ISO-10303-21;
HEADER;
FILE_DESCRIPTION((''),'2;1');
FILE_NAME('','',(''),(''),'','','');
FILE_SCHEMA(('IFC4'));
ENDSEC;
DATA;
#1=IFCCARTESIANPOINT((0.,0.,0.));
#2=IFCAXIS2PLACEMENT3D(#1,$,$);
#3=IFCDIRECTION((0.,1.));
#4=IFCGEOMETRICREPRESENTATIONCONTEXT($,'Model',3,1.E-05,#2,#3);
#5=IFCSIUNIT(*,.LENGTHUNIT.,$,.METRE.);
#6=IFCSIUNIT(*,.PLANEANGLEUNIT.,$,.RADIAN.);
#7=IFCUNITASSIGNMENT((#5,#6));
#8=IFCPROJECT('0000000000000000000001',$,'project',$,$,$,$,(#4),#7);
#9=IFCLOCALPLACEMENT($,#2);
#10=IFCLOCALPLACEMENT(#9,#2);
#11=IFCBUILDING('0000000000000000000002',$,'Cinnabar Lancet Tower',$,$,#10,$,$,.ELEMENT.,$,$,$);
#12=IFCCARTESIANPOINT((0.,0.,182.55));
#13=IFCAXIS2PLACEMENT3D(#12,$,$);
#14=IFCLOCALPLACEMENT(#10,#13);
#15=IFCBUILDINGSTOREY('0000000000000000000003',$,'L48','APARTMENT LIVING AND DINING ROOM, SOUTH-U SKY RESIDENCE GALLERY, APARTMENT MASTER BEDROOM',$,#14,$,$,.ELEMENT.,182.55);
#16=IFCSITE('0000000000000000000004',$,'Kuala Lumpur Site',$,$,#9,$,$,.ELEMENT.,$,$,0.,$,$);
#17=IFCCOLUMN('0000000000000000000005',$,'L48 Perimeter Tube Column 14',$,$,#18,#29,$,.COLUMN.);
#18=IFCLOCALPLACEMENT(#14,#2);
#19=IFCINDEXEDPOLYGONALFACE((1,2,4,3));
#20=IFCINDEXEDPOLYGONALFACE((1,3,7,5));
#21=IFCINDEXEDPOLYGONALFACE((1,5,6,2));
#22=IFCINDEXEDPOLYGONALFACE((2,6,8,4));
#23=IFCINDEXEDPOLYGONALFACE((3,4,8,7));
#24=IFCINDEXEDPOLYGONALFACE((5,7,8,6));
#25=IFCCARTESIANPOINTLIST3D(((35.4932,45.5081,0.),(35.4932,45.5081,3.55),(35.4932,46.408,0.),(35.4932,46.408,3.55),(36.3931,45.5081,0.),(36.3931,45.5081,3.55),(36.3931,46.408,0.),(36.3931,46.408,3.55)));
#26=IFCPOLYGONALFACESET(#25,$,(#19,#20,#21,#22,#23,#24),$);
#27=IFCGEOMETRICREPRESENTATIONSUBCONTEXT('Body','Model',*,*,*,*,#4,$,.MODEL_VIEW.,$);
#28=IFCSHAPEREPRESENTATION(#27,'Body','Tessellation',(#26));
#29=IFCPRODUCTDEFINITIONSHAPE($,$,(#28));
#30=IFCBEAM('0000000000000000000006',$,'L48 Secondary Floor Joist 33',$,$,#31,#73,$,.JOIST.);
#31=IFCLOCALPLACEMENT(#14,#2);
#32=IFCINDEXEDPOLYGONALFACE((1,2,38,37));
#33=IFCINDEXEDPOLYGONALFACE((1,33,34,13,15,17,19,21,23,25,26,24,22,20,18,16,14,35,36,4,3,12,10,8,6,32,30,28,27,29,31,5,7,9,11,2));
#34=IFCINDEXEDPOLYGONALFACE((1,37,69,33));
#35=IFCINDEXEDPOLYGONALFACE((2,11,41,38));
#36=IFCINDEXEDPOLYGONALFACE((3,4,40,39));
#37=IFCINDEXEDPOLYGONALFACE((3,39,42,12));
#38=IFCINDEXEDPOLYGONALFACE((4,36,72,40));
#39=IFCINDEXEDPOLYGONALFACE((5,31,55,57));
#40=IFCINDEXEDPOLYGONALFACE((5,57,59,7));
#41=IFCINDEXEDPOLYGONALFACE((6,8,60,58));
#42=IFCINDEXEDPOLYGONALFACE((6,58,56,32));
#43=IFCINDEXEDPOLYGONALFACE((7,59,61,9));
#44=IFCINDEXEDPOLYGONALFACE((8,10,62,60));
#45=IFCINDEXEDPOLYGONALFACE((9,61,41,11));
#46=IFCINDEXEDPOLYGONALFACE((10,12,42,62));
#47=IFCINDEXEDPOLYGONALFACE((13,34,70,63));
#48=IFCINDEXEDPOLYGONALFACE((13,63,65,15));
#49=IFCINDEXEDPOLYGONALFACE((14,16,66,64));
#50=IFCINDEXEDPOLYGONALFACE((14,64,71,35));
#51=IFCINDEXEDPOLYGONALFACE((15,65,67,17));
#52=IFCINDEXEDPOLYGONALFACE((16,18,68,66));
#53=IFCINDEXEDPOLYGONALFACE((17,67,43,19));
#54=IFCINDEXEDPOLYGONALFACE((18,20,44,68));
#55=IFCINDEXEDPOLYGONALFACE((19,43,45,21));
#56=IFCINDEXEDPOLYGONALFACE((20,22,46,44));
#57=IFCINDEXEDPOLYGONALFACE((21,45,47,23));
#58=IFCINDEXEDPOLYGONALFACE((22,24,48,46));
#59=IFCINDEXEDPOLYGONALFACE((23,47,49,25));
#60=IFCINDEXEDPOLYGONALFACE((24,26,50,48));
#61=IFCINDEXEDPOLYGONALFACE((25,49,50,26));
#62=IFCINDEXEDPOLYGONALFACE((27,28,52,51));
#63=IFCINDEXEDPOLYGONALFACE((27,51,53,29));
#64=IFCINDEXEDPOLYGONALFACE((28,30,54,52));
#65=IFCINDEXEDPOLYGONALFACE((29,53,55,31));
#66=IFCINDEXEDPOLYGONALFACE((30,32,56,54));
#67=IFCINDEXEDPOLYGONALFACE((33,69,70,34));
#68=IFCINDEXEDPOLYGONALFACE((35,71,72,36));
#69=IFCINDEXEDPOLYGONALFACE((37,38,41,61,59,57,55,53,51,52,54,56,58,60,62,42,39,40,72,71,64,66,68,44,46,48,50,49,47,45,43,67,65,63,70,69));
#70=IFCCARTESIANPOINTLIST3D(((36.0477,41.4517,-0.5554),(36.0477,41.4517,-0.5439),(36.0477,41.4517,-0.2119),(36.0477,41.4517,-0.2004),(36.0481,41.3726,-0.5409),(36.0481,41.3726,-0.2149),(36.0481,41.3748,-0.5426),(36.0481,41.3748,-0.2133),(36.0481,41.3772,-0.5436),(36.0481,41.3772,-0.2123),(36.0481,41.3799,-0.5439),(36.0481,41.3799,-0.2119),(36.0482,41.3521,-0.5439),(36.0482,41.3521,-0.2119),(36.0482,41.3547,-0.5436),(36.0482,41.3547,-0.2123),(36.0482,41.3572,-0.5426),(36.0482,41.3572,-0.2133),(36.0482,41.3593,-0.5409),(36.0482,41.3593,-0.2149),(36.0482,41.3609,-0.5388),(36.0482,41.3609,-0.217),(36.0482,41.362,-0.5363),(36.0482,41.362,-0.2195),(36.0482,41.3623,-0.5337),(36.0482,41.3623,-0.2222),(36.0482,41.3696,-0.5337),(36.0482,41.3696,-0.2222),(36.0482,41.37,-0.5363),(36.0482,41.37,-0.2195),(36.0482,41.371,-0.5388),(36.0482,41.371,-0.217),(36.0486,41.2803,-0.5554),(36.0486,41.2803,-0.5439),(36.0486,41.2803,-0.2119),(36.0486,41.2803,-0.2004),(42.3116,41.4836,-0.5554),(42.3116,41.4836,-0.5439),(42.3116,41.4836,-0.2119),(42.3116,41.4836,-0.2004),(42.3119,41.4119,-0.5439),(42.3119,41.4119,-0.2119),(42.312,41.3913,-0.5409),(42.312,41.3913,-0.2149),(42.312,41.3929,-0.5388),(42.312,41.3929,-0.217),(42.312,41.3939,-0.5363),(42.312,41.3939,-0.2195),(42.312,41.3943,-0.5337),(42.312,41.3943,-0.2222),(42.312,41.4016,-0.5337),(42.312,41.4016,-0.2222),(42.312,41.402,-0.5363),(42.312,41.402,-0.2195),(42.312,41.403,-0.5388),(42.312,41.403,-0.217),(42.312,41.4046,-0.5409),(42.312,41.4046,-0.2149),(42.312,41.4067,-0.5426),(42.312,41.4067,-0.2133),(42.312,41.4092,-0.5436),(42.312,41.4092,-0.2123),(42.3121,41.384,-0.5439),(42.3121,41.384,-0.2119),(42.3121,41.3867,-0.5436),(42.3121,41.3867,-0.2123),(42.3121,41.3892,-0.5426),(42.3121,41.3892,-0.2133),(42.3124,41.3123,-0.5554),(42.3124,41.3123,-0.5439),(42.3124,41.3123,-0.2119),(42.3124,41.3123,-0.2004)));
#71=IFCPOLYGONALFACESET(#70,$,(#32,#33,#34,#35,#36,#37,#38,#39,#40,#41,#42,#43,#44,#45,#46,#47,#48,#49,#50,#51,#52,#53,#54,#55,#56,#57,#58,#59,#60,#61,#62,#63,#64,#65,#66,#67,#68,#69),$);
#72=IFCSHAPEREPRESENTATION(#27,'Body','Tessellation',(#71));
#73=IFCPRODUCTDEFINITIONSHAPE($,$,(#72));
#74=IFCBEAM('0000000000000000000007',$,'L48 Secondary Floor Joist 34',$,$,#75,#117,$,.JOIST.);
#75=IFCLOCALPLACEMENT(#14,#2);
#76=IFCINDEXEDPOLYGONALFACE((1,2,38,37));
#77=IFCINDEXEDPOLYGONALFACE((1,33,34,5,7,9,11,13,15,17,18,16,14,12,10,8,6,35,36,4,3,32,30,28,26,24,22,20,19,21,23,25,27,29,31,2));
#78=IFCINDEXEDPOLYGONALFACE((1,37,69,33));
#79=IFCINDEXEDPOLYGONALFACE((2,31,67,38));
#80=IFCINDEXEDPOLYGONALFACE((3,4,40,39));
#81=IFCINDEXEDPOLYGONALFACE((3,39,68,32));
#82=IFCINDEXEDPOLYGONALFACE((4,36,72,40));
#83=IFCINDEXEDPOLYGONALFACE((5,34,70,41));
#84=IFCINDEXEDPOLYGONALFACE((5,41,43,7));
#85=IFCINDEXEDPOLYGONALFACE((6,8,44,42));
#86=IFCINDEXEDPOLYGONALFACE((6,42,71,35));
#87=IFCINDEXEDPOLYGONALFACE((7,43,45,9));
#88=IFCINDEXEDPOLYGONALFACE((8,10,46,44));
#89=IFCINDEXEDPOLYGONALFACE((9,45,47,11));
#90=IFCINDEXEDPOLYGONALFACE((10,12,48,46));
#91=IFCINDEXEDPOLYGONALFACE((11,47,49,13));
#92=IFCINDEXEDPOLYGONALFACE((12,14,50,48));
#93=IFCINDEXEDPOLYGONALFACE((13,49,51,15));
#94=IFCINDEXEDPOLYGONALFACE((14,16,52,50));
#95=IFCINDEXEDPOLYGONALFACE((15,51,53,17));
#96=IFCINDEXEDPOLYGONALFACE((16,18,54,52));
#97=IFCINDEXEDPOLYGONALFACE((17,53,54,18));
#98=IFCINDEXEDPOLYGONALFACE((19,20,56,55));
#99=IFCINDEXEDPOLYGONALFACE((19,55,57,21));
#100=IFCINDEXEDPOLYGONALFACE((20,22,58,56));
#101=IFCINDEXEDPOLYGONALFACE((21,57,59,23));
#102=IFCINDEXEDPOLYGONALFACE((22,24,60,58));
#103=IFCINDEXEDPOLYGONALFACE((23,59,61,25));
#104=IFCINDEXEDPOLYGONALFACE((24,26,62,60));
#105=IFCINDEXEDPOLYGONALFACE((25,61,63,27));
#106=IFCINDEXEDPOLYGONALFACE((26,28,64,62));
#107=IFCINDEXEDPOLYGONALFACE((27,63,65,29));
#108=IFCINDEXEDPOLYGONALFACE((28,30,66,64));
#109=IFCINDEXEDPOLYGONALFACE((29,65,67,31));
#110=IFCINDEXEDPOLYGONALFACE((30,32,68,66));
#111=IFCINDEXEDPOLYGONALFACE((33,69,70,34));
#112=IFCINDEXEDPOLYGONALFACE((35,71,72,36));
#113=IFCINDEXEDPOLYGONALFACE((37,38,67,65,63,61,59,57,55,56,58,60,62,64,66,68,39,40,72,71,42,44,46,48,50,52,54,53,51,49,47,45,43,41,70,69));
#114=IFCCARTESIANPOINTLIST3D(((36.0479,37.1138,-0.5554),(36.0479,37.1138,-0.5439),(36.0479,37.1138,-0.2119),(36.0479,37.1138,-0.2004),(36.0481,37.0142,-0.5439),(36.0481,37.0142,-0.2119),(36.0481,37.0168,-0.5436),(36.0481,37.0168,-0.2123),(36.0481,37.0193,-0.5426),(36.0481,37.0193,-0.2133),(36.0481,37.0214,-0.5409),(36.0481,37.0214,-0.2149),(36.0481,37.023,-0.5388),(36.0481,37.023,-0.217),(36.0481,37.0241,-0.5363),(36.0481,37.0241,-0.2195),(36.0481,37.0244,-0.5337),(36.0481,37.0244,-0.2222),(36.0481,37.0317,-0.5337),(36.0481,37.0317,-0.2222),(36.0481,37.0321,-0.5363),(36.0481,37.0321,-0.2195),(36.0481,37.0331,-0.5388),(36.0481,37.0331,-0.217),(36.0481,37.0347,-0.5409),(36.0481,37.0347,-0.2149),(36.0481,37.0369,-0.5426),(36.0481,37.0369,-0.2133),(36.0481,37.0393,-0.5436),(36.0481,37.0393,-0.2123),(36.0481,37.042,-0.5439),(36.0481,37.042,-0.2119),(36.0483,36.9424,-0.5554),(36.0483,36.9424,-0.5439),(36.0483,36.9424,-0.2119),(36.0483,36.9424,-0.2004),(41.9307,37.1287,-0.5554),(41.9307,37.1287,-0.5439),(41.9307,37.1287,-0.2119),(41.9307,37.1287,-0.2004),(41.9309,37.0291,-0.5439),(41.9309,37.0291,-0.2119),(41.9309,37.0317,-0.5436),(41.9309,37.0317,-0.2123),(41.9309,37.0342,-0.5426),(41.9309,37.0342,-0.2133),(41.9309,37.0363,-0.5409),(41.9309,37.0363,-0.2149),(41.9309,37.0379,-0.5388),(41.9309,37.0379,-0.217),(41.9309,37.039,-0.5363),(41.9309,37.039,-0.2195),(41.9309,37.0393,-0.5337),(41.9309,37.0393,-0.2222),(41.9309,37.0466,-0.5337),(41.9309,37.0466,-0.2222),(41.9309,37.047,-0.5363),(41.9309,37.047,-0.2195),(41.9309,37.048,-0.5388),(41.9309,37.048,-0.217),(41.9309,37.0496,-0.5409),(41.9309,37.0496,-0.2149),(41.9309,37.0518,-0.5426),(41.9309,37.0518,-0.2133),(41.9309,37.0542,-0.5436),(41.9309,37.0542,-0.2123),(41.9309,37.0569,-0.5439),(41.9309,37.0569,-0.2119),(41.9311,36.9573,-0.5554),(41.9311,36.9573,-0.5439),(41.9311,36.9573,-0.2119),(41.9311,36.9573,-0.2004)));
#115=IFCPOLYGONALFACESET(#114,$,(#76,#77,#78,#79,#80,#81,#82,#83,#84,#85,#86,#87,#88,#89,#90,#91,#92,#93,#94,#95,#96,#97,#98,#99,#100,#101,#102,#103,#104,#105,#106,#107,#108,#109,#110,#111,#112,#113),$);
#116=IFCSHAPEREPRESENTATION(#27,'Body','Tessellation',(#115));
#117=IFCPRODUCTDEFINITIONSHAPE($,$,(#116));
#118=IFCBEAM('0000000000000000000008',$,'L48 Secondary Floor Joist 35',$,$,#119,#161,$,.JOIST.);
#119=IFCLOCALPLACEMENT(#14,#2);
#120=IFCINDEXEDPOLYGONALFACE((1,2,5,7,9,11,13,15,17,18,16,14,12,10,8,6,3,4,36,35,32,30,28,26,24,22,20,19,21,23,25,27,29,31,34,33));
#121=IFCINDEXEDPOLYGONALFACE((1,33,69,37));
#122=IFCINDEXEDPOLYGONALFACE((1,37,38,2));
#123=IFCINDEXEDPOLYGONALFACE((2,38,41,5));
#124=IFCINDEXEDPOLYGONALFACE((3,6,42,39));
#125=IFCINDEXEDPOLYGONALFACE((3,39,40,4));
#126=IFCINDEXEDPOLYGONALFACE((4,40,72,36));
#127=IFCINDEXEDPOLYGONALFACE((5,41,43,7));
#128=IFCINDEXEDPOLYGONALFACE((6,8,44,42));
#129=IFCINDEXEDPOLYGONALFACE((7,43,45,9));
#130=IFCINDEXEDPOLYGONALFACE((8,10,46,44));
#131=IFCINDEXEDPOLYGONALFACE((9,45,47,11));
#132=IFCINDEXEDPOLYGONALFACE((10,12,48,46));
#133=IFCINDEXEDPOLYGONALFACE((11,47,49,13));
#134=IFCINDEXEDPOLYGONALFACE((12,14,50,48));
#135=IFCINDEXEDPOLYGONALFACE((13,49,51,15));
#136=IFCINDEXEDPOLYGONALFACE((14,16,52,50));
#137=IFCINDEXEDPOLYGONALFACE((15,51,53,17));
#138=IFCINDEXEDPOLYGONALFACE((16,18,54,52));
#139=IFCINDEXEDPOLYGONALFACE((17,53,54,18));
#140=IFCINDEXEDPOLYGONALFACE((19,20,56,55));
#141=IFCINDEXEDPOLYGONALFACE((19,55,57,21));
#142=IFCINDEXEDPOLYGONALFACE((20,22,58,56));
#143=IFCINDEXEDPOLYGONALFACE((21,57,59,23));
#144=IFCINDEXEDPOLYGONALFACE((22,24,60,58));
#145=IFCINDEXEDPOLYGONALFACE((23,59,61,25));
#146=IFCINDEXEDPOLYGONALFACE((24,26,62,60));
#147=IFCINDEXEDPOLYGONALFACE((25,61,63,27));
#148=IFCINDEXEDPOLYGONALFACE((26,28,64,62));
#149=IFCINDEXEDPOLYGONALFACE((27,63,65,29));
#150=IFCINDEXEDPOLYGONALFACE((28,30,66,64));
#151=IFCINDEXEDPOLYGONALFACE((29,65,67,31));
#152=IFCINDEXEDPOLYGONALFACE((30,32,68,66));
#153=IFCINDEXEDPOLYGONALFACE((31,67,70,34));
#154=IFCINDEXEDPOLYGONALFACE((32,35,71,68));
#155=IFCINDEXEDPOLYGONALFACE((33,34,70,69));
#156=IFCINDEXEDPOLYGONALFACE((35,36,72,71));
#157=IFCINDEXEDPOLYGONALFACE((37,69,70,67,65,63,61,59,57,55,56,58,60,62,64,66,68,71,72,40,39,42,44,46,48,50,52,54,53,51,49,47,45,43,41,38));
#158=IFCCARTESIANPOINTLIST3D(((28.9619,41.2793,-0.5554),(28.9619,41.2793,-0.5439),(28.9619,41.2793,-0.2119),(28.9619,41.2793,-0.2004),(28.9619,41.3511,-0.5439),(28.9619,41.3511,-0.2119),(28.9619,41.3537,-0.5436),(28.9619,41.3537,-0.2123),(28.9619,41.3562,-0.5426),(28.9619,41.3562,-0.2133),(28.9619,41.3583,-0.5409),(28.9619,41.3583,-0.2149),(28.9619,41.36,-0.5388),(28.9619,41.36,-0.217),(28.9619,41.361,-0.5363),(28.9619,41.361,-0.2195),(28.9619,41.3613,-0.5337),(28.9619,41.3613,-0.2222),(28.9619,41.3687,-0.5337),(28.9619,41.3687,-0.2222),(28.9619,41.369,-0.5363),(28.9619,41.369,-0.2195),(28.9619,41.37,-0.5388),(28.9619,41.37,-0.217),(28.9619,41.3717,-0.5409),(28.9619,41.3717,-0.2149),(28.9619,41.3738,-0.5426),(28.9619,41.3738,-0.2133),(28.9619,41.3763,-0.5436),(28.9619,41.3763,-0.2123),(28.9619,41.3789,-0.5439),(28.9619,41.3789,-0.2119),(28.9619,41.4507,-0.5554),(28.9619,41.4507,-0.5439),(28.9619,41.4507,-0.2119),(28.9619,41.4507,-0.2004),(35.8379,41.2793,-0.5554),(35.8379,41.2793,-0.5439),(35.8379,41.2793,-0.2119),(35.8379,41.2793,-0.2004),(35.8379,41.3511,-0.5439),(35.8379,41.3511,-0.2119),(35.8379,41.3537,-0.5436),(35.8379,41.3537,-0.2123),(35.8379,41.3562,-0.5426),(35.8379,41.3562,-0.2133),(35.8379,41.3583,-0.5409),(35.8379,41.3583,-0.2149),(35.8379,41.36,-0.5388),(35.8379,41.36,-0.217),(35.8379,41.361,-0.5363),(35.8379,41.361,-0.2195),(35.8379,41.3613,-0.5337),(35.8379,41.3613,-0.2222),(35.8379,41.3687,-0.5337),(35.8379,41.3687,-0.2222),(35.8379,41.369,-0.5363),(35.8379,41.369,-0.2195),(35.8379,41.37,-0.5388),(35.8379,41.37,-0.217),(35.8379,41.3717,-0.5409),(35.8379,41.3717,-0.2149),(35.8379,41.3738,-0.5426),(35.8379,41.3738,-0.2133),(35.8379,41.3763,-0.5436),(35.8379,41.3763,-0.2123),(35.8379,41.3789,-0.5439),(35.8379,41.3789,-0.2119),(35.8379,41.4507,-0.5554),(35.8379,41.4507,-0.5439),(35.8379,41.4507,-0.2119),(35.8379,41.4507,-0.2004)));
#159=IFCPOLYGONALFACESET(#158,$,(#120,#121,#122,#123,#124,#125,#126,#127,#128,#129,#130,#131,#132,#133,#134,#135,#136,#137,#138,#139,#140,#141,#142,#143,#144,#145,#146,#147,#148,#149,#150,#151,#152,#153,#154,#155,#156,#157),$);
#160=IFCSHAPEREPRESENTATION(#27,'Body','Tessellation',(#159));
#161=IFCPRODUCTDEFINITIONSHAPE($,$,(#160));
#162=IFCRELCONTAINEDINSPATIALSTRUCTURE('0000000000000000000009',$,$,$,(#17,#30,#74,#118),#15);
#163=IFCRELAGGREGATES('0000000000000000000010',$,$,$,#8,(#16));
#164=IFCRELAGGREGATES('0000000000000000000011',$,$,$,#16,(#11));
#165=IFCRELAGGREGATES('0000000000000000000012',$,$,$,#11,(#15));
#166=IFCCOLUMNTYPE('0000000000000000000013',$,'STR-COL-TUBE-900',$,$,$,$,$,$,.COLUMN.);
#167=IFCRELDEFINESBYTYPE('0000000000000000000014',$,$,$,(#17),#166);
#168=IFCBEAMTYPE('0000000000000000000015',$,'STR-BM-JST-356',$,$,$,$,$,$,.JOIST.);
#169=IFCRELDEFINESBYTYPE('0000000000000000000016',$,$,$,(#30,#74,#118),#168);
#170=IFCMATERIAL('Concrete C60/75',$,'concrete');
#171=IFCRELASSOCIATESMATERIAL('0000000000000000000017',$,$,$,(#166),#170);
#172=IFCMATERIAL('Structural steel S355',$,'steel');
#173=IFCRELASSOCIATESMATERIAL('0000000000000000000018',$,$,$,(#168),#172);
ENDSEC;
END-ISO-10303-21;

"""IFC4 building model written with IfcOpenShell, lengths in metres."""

from ifc_helpers import new_model, si_unit, direction, frame, origin, origin_2d, place, context, subcontext, project, spatial, rectangle, i_section, extrude, material, material_profile, profile_set, type_object, element, save


model = new_model("IFC4")

# Units and contexts
model_context = context("Model", 3, precision=1e-05, world=origin(), true_north=direction((0.0, 1.0)))
body_context = subcontext(model_context, "Body", "Model", "MODEL_VIEW")
ifc_project = project(units=[si_unit("LENGTHUNIT", "METRE"), si_unit("PLANEANGLEUNIT", "RADIAN")], contexts=[model_context])

# Site, building, storey
site_placement = place(None, origin())
site = spatial("IfcSite", under=ifc_project, at=site_placement, Name="Kuala Lumpur Site", CompositionType="ELEMENT", RefElevation=0.0)
building_placement = place(site_placement, origin())
building = spatial("IfcBuilding", under=site, at=building_placement, Name="Cinnabar Lancet Tower", CompositionType="ELEMENT")
storey_placement = place(building_placement, frame((0.0, 0.0, 182.55)))
storey = spatial("IfcBuildingStorey", under=building, at=storey_placement, Name="L48", Description="APARTMENT LIVING AND DINING ROOM, SOUTH-U SKY RESIDENCE GALLERY, APARTMENT MASTER BEDROOM", CompositionType="ELEMENT", Elevation=182.55)

# Column
ifc_material_1 = material(Name="Concrete C60/75", Category="concrete")
ifc_material_profile_1 = material_profile(ifc_material_1, rectangle(XDim=0.8999, YDim=0.8999, at=origin_2d()), Name="RC-COL 900x900")
ifc_profile_set_1 = profile_set([ifc_material_profile_1], Name="Concrete C60/75")
column_type = type_object("IfcColumnType", Name="STR-COL-TUBE-900", PredefinedType="COLUMN", material=ifc_profile_set_1)
column_placement = place(storey_placement, frame((35.9431, 45.958, 0.0), z_axis=(0.0, 0.0, 1.0), x_axis=(1.0, 0.0, 0.0)))
element("IfcColumn", 1, at=column_placement, inside=storey, type_object=column_type, Name="L48 Perimeter Tube Column 14", PredefinedType="COLUMN", context=body_context, shape_type="SweptSolid", body=[
    extrude(rectangle(XDim=0.8999, YDim=0.8999, at=origin_2d()), origin(), (0.0, 0.0, 1.0), 3.55),
])

# Beams
ifc_material_2 = material(Name="Structural steel S355", Category="steel")
ifc_material_profile_2 = material_profile(ifc_material_2, i_section(OverallWidth=0.1714, OverallDepth=0.355, WebThickness=0.0073, FlangeThickness=0.0115, FilletRadius=0.0103, at=origin_2d()), Name="UKB 356x171x51")
ifc_profile_set_2 = profile_set([ifc_material_profile_2], Name="Structural steel S355")
beam_type_1 = type_object("IfcBeamType", Name="STR-BM-JST-356", PredefinedType="JOIST", material=ifc_profile_set_2)
beam_1_placement = place(storey_placement, frame((42.312, 41.3979, -0.3779), z_axis=(-0.999987, -0.005106, 0.0), x_axis=(0.005106, -0.999987, 0.0)))
element("IfcBeam", 2, at=beam_1_placement, inside=storey, type_object=beam_type_1, Name="L48 Secondary Floor Joist 33", PredefinedType="JOIST", context=body_context, shape_type="SweptSolid", body=[
    extrude(i_section(OverallWidth=0.1714, OverallDepth=0.355, WebThickness=0.0073, FlangeThickness=0.0115, FilletRadius=0.0103, at=origin_2d()), origin(), (0.0, 0.0, 1.0), 6.2639),
])
beam_2_placement = place(storey_placement, frame((41.9309, 37.043, -0.3779), z_axis=(-0.999997, -0.002532, 0.0), x_axis=(0.002532, -0.999997, 0.0)))
element("IfcBeam", 3, at=beam_2_placement, inside=storey, type_object=beam_type_1, Name="L48 Secondary Floor Joist 34", PredefinedType="JOIST", context=body_context, shape_type="SweptSolid", body=[
    extrude(i_section(OverallWidth=0.1714, OverallDepth=0.355, WebThickness=0.0073, FlangeThickness=0.0115, FilletRadius=0.0103, at=origin_2d()), origin(), (0.0, 0.0, 1.0), 5.8828),
])
for number, where, z_axis, x_axis, name in (
    (4, (35.8379, 41.365, -0.3779), (-1.0, 0.0, 0.0), (0.0, -1.0, 0.0), "L48 Secondary Floor Joist 35"),
):
    element("IfcBeam", number, at=place(storey_placement, frame(where, z_axis=z_axis, x_axis=x_axis)), inside=storey, type_object=beam_type_1, Name=name, PredefinedType="JOIST", context=body_context, shape_type="SweptSolid", body=[
        extrude(i_section(OverallWidth=0.1714, OverallDepth=0.355, WebThickness=0.0073, FlangeThickness=0.0115, FilletRadius=0.0103, at=origin_2d()), origin(), (0.0, 0.0, 1.0), 6.876),
    ])

save(model, "model.ifc")
